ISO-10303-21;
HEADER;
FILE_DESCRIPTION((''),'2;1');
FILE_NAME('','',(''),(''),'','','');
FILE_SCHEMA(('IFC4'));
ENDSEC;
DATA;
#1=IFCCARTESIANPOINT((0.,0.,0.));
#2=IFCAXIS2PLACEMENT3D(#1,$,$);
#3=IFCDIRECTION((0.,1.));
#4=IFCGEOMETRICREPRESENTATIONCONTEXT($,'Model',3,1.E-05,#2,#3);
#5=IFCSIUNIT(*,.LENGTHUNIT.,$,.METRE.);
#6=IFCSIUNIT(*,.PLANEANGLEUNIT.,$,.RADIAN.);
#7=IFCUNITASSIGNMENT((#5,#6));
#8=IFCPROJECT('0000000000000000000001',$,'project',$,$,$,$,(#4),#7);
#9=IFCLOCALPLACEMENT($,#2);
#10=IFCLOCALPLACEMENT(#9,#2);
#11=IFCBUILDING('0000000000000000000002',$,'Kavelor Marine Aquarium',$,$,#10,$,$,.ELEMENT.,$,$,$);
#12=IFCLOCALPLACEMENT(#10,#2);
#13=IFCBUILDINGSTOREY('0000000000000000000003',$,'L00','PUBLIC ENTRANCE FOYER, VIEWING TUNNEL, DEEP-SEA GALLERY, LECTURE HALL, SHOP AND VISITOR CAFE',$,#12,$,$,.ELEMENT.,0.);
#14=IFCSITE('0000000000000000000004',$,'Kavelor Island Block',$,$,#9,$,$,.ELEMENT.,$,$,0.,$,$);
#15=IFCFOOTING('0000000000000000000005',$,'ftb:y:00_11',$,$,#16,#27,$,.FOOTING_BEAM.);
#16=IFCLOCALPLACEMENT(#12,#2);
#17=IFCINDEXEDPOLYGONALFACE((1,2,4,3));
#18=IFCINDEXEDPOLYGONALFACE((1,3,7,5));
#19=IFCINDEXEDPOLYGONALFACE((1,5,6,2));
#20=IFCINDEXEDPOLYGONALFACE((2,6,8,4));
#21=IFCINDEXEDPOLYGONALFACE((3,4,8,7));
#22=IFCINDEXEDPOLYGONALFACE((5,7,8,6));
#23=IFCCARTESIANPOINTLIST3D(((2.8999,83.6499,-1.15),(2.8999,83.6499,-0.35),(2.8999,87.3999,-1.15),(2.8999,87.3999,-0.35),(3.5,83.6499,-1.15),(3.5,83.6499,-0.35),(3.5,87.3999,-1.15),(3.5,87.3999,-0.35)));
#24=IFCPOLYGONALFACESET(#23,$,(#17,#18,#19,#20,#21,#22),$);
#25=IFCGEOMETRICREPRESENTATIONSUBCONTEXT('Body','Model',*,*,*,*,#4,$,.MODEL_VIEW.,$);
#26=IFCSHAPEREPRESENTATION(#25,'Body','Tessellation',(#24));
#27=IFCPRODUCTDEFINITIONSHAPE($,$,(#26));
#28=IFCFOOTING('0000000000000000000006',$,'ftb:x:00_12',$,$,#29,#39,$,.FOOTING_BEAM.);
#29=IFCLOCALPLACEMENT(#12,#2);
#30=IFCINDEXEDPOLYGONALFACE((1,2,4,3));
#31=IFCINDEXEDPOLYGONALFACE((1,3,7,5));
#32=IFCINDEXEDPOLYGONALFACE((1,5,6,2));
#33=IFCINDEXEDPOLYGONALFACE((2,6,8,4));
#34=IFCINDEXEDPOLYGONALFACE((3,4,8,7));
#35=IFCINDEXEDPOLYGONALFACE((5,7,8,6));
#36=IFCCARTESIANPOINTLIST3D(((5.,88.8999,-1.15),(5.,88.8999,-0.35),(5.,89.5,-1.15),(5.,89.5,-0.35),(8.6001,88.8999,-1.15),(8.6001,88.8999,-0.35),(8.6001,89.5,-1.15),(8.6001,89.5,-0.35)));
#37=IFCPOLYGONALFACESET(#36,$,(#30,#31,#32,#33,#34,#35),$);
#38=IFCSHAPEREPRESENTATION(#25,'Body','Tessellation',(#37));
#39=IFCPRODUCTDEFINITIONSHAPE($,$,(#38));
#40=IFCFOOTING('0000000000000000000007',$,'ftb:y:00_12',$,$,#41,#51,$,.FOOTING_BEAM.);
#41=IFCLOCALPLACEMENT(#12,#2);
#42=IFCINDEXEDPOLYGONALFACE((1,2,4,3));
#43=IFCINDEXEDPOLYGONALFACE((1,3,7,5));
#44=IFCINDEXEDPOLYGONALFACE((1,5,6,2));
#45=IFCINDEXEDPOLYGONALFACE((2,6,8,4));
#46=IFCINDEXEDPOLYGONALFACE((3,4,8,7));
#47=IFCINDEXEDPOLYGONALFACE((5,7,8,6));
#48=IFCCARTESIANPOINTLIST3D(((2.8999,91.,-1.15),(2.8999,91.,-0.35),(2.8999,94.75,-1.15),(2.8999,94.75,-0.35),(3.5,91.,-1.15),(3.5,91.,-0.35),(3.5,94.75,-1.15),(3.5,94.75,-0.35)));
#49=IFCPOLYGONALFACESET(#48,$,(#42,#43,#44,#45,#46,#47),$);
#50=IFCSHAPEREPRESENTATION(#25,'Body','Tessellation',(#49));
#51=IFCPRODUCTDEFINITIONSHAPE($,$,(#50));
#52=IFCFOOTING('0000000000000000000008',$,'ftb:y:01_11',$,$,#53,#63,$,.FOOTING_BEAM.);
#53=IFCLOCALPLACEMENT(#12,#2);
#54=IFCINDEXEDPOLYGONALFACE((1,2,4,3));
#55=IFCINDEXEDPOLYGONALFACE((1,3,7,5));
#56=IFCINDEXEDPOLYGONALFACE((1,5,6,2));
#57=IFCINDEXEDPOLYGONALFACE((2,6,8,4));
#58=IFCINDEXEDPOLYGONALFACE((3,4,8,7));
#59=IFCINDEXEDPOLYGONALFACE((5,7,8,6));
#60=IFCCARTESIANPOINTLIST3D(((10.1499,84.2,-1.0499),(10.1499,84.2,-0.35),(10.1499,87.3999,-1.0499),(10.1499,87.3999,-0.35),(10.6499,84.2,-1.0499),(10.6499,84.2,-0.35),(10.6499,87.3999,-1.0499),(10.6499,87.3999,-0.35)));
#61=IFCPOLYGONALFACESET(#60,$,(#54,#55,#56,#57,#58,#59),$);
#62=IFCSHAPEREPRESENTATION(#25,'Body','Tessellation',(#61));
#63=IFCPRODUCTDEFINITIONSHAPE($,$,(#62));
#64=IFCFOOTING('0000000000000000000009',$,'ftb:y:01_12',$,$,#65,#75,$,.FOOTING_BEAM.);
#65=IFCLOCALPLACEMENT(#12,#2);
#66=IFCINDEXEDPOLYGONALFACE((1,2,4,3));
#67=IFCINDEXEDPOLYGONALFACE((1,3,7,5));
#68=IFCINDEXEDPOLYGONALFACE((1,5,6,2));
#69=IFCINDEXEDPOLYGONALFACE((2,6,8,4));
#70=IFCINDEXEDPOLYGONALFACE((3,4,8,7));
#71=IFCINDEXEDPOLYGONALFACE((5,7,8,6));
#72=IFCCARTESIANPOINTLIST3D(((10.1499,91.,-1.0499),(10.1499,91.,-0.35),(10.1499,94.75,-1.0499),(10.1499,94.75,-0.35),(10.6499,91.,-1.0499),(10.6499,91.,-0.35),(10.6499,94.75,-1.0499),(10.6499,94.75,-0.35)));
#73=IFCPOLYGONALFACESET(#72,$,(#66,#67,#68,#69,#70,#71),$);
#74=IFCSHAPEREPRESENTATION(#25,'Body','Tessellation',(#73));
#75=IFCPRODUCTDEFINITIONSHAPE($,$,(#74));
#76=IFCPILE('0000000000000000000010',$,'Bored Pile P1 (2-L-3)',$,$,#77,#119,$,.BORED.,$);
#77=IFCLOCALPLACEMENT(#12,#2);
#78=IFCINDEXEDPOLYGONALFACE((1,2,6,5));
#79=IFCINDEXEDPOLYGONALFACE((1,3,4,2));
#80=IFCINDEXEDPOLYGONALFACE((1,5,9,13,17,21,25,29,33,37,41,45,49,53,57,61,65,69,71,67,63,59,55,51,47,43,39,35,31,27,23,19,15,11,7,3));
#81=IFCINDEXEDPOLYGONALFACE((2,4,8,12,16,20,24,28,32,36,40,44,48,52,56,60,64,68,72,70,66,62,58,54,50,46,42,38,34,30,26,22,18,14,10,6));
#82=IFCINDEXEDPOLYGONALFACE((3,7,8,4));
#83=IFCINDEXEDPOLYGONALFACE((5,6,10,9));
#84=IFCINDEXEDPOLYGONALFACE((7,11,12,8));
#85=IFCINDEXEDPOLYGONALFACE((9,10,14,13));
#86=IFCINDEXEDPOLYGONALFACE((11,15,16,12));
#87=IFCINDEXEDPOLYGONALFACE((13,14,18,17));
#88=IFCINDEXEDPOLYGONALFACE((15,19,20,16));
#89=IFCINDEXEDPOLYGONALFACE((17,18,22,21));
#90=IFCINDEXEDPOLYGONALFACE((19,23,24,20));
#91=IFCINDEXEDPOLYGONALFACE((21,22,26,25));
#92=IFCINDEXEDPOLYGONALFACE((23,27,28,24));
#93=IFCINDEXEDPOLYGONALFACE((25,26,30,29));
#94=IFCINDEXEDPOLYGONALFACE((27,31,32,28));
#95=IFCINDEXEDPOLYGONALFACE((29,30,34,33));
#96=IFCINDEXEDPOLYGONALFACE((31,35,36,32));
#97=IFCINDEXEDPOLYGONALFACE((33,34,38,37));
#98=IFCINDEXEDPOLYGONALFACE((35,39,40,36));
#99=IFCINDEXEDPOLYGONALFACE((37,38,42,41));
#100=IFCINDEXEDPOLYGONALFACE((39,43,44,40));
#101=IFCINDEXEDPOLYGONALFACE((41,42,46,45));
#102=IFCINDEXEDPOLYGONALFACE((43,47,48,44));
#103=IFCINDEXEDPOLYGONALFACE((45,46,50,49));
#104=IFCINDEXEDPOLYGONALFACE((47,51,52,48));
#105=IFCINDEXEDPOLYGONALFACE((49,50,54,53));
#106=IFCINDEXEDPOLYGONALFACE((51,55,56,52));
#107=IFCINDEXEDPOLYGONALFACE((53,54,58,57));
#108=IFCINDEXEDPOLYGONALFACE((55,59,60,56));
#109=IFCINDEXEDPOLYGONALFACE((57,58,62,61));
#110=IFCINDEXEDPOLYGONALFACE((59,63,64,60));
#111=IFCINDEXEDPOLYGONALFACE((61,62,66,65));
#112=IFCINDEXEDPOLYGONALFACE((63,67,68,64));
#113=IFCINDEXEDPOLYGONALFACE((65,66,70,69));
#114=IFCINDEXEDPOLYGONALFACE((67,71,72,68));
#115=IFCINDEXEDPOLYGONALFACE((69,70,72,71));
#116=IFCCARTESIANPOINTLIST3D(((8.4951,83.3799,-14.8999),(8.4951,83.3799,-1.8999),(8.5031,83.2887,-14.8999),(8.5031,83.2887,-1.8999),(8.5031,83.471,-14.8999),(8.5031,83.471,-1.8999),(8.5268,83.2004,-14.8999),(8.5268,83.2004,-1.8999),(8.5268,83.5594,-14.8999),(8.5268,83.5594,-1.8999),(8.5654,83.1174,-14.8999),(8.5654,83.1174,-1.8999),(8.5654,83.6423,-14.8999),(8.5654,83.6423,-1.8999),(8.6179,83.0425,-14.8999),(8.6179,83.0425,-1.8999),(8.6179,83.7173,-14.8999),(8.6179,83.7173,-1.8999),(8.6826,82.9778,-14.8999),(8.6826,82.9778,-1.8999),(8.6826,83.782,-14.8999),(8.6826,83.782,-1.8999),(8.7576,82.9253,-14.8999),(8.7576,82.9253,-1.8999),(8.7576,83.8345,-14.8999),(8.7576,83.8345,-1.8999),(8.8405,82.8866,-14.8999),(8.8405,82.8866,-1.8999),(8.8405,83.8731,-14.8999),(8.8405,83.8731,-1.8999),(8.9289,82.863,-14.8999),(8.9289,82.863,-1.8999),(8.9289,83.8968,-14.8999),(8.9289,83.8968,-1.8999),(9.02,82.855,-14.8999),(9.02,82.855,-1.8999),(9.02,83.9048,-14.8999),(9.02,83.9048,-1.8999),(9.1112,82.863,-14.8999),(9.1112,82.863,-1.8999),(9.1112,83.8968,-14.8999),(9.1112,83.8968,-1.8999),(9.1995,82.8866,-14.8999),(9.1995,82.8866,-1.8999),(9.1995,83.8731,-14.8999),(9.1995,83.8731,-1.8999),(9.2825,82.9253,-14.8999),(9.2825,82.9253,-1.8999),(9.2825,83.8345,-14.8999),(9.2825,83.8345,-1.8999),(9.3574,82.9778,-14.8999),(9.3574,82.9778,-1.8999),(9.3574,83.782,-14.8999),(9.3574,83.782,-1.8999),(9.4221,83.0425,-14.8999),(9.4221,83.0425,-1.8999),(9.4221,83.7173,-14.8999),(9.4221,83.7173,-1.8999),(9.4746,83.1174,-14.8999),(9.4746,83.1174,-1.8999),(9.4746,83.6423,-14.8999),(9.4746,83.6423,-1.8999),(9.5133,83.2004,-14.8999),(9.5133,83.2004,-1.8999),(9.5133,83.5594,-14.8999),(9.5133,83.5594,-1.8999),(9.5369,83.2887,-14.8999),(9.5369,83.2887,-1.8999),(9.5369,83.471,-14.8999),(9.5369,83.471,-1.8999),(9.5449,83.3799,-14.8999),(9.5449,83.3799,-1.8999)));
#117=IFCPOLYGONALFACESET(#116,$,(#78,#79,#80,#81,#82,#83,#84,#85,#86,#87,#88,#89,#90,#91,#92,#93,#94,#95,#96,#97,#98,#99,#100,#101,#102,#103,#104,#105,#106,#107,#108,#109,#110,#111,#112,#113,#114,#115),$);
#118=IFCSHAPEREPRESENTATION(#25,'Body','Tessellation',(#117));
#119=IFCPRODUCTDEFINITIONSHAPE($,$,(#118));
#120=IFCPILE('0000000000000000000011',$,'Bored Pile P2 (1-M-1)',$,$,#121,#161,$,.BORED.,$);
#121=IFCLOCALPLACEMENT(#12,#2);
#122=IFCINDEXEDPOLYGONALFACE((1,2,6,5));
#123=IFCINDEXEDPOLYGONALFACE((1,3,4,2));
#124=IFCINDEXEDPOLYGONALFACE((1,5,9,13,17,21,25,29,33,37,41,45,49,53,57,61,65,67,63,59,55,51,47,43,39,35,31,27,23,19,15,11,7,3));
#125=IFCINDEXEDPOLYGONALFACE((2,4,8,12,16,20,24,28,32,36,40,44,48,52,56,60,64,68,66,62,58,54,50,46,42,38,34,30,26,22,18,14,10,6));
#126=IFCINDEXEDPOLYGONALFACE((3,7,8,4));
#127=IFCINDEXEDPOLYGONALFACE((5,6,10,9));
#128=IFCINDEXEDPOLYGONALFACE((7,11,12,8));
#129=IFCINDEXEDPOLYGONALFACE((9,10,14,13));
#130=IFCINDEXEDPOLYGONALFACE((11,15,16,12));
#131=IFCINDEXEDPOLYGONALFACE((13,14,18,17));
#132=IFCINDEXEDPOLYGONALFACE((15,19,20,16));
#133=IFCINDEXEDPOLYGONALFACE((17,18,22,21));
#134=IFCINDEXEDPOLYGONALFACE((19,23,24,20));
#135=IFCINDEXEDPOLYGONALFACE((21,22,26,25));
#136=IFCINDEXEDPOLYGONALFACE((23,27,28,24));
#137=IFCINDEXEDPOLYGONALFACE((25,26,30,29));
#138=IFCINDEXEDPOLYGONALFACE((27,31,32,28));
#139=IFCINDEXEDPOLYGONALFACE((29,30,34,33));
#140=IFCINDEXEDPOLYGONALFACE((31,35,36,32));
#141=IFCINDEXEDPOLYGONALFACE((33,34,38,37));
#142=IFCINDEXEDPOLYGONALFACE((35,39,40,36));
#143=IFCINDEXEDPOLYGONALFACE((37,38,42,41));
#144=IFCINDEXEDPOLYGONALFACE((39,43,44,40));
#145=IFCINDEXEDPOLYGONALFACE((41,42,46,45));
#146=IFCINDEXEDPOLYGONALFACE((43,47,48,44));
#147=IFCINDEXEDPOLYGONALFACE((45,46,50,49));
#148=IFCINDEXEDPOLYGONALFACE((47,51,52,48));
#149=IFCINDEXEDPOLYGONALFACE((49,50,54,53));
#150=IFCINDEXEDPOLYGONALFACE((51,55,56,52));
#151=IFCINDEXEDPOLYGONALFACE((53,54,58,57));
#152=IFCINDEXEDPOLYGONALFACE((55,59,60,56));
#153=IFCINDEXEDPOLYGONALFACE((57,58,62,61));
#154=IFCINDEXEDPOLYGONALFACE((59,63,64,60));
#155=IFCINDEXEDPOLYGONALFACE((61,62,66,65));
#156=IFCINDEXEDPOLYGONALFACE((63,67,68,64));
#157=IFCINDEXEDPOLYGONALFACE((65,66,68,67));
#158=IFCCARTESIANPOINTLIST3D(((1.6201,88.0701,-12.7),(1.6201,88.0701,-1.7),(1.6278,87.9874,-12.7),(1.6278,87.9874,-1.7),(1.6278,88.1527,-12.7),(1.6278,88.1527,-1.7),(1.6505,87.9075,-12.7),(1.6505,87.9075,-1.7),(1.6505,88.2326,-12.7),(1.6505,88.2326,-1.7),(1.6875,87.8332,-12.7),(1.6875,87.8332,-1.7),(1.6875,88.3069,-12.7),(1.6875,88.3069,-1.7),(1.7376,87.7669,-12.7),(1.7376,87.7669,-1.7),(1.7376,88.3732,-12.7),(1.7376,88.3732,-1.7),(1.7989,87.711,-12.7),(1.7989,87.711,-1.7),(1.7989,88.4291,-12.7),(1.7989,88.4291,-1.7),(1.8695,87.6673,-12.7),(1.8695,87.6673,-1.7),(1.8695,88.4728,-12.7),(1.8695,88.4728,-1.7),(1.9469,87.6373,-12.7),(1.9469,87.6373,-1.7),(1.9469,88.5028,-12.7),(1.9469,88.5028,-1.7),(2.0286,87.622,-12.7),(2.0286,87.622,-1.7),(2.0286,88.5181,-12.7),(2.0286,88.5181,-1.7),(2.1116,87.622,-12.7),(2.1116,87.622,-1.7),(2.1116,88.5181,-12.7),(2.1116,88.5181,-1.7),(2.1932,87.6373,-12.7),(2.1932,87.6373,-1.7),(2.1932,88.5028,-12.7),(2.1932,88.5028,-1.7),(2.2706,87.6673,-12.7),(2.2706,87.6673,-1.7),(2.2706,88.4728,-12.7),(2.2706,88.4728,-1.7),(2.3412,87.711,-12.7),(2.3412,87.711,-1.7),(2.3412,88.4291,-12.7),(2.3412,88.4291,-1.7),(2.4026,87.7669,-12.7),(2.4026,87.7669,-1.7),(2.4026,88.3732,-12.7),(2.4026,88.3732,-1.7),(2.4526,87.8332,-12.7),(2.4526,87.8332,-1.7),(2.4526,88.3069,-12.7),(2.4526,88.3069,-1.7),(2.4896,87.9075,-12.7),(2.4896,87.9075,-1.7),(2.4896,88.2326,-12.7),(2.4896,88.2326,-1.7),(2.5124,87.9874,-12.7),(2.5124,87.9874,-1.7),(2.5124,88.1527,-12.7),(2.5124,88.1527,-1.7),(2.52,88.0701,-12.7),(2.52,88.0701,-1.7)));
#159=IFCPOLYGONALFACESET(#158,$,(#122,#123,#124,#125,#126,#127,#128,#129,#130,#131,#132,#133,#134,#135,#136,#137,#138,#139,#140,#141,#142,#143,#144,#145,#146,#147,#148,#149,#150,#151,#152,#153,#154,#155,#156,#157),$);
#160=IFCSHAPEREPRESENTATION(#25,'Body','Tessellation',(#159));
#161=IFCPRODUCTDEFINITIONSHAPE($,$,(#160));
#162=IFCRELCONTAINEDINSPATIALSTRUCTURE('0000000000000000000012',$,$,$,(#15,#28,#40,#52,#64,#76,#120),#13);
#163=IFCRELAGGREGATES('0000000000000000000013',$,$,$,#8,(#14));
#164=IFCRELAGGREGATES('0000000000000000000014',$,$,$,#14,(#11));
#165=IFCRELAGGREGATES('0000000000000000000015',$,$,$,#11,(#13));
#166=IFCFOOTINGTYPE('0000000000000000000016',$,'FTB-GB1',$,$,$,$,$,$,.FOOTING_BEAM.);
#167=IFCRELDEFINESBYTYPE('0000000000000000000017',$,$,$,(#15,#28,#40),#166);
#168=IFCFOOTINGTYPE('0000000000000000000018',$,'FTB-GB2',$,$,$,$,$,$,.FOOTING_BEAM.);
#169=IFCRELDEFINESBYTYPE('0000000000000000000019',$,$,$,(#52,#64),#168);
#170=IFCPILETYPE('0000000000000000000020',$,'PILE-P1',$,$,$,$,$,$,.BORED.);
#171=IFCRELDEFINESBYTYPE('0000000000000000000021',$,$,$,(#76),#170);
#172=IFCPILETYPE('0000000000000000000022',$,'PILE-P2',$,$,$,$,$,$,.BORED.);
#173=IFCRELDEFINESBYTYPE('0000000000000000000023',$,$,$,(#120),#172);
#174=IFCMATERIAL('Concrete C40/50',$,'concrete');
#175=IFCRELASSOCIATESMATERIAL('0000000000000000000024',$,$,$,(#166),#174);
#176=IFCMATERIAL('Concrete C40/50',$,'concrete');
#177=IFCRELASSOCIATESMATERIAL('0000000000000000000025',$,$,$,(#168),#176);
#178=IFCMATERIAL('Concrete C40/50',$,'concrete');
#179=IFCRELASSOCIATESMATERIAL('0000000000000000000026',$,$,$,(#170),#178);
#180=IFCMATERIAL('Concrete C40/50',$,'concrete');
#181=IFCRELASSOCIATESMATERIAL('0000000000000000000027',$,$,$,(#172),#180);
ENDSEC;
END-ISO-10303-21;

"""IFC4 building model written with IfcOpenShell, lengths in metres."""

from ifc_helpers import new_model, si_unit, direction, frame, origin, origin_2d, place, context, subcontext, project, spatial, rectangle, circle, extrude, material, material_profile, profile_set, type_object, element, save


model = new_model("IFC4")

# Units and contexts
model_context = context("Model", 3, precision=1e-05, world=origin(), true_north=direction((0.0, 1.0)))
body_context = subcontext(model_context, "Body", "Model", "MODEL_VIEW")
ifc_project = project(units=[si_unit("LENGTHUNIT", "METRE"), si_unit("PLANEANGLEUNIT", "RADIAN")], contexts=[model_context])

# Site, building, storey
site_placement = place(None, origin())
site = spatial("IfcSite", under=ifc_project, at=site_placement, Name="Kavelor Island Block", CompositionType="ELEMENT", RefElevation=0.0)
building_placement = place(site_placement, origin())
building = spatial("IfcBuilding", under=site, at=building_placement, Name="Kavelor Marine Aquarium", CompositionType="ELEMENT")
storey_placement = place(building_placement, origin())
storey = spatial("IfcBuildingStorey", under=building, at=storey_placement, Name="L00", Description="PUBLIC ENTRANCE FOYER, VIEWING TUNNEL, DEEP-SEA GALLERY, LECTURE HALL, SHOP AND VISITOR CAFE", CompositionType="ELEMENT", Elevation=0.0)

# Footings
ifc_material_1 = material(Name="Concrete C40/50", Category="concrete")
ifc_material_profile_1 = material_profile(ifc_material_1, rectangle(XDim=0.6001, YDim=0.8, at=origin_2d()), Name="GB 600x800")
ifc_profile_set_1 = profile_set([ifc_material_profile_1], Name="Concrete C40/50")
footing_type_1 = type_object("IfcFootingType", Name="FTB-GB1", PredefinedType="FOOTING_BEAM", material=ifc_profile_set_1)
footing_1_placement = place(storey_placement, frame((3.2, 83.6499, -0.75), z_axis=(0.0, 1.0, 0.0), x_axis=(-1.0, 0.0, 0.0)))
element("IfcFooting", 1, at=footing_1_placement, inside=storey, type_object=footing_type_1, Name="ftb:y:00_11", PredefinedType="FOOTING_BEAM", context=body_context, shape_type="SweptSolid", body=[
    extrude(rectangle(XDim=0.6001, YDim=0.8, at=origin_2d()), origin(), (0.0, 0.0, 1.0), 3.75),
])
footing_2_placement = place(storey_placement, frame((5.0, 89.2, -0.75), z_axis=(1.0, 0.0, 0.0), x_axis=(0.0, 1.0, 0.0)))
element("IfcFooting", 2, at=footing_2_placement, inside=storey, type_object=footing_type_1, Name="ftb:x:00_12", PredefinedType="FOOTING_BEAM", context=body_context, shape_type="SweptSolid", body=[
    extrude(rectangle(XDim=0.6001, YDim=0.8, at=origin_2d()), origin(), (0.0, 0.0, 1.0), 3.6001),
])
footing_3_placement = place(storey_placement, frame((3.2, 91.0, -0.75), z_axis=(0.0, 1.0, 0.0), x_axis=(-1.0, 0.0, 0.0)))
element("IfcFooting", 3, at=footing_3_placement, inside=storey, type_object=footing_type_1, Name="ftb:y:00_12", PredefinedType="FOOTING_BEAM", context=body_context, shape_type="SweptSolid", body=[
    extrude(rectangle(XDim=0.6001, YDim=0.8, at=origin_2d()), origin(), (0.0, 0.0, 1.0), 3.75),
])
ifc_material_2 = material(Name="Concrete C40/50", Category="concrete")
ifc_material_profile_2 = material_profile(ifc_material_2, rectangle(XDim=0.5, YDim=0.7, at=origin_2d()), Name="GB 500x700")
ifc_profile_set_2 = profile_set([ifc_material_profile_2], Name="Concrete C40/50")
footing_type_2 = type_object("IfcFootingType", Name="FTB-GB2", PredefinedType="FOOTING_BEAM", material=ifc_profile_set_2)
footing_4_placement = place(storey_placement, frame((10.3999, 84.2, -0.7), z_axis=(0.0, 1.0, 0.0), x_axis=(-1.0, 0.0, 0.0)))
element("IfcFooting", 4, at=footing_4_placement, inside=storey, type_object=footing_type_2, Name="ftb:y:01_11", PredefinedType="FOOTING_BEAM", context=body_context, shape_type="SweptSolid", body=[
    extrude(rectangle(XDim=0.5, YDim=0.7, at=origin_2d()), origin(), (0.0, 0.0, 1.0), 3.2),
])
footing_5_placement = place(storey_placement, frame((10.3999, 91.0, -0.7), z_axis=(0.0, 1.0, 0.0), x_axis=(-1.0, 0.0, 0.0)))
element("IfcFooting", 5, at=footing_5_placement, inside=storey, type_object=footing_type_2, Name="ftb:y:01_12", PredefinedType="FOOTING_BEAM", context=body_context, shape_type="SweptSolid", body=[
    extrude(rectangle(XDim=0.5, YDim=0.7, at=origin_2d()), origin(), (0.0, 0.0, 1.0), 3.75),
])

# Piles
ifc_material_3 = material(Name="Concrete C40/50", Category="concrete")
ifc_material_profile_3 = material_profile(ifc_material_3, circle(Radius=0.5249, at=origin_2d()), Name="PILE D1050")
ifc_profile_set_3 = profile_set([ifc_material_profile_3], Name="Concrete C40/50")
pile_type_1 = type_object("IfcPileType", Name="PILE-P1", PredefinedType="BORED", material=ifc_profile_set_3)
pile_placement = place(storey_placement, frame((9.02, 83.3799, -1.8999), z_axis=(0.0, 0.0, -1.0), x_axis=(1.0, 0.0, 0.0)))
element("IfcPile", 6, at=pile_placement, inside=storey, type_object=pile_type_1, Name="Bored Pile P1 (2-L-3)", PredefinedType="BORED", context=body_context, shape_type="SweptSolid", body=[
    extrude(circle(Radius=0.5249, at=origin_2d()), origin(), (0.0, 0.0, 1.0), 13.0),
])
ifc_material_4 = material(Name="Concrete C40/50", Category="concrete")
ifc_material_profile_4 = material_profile(ifc_material_4, circle(Radius=0.45, at=origin_2d()), Name="PILE D900")
ifc_profile_set_4 = profile_set([ifc_material_profile_4], Name="Concrete C40/50")
pile_type_2 = type_object("IfcPileType", Name="PILE-P2", PredefinedType="BORED", material=ifc_profile_set_4)
for number, where, z_axis, x_axis, name in (
    (7, (2.0701, 88.0701, -1.7), (0.0, 0.0, -1.0), (1.0, 0.0, 0.0), "Bored Pile P2 (1-M-1)"),
):
    element("IfcPile", number, at=place(storey_placement, frame(where, z_axis=z_axis, x_axis=x_axis)), inside=storey, type_object=pile_type_2, Name=name, PredefinedType="BORED", context=body_context, shape_type="SweptSolid", body=[
        extrude(circle(Radius=0.45, at=origin_2d()), origin(), (0.0, 0.0, 1.0), 11.0),
    ])

save(model, "model.ifc")
